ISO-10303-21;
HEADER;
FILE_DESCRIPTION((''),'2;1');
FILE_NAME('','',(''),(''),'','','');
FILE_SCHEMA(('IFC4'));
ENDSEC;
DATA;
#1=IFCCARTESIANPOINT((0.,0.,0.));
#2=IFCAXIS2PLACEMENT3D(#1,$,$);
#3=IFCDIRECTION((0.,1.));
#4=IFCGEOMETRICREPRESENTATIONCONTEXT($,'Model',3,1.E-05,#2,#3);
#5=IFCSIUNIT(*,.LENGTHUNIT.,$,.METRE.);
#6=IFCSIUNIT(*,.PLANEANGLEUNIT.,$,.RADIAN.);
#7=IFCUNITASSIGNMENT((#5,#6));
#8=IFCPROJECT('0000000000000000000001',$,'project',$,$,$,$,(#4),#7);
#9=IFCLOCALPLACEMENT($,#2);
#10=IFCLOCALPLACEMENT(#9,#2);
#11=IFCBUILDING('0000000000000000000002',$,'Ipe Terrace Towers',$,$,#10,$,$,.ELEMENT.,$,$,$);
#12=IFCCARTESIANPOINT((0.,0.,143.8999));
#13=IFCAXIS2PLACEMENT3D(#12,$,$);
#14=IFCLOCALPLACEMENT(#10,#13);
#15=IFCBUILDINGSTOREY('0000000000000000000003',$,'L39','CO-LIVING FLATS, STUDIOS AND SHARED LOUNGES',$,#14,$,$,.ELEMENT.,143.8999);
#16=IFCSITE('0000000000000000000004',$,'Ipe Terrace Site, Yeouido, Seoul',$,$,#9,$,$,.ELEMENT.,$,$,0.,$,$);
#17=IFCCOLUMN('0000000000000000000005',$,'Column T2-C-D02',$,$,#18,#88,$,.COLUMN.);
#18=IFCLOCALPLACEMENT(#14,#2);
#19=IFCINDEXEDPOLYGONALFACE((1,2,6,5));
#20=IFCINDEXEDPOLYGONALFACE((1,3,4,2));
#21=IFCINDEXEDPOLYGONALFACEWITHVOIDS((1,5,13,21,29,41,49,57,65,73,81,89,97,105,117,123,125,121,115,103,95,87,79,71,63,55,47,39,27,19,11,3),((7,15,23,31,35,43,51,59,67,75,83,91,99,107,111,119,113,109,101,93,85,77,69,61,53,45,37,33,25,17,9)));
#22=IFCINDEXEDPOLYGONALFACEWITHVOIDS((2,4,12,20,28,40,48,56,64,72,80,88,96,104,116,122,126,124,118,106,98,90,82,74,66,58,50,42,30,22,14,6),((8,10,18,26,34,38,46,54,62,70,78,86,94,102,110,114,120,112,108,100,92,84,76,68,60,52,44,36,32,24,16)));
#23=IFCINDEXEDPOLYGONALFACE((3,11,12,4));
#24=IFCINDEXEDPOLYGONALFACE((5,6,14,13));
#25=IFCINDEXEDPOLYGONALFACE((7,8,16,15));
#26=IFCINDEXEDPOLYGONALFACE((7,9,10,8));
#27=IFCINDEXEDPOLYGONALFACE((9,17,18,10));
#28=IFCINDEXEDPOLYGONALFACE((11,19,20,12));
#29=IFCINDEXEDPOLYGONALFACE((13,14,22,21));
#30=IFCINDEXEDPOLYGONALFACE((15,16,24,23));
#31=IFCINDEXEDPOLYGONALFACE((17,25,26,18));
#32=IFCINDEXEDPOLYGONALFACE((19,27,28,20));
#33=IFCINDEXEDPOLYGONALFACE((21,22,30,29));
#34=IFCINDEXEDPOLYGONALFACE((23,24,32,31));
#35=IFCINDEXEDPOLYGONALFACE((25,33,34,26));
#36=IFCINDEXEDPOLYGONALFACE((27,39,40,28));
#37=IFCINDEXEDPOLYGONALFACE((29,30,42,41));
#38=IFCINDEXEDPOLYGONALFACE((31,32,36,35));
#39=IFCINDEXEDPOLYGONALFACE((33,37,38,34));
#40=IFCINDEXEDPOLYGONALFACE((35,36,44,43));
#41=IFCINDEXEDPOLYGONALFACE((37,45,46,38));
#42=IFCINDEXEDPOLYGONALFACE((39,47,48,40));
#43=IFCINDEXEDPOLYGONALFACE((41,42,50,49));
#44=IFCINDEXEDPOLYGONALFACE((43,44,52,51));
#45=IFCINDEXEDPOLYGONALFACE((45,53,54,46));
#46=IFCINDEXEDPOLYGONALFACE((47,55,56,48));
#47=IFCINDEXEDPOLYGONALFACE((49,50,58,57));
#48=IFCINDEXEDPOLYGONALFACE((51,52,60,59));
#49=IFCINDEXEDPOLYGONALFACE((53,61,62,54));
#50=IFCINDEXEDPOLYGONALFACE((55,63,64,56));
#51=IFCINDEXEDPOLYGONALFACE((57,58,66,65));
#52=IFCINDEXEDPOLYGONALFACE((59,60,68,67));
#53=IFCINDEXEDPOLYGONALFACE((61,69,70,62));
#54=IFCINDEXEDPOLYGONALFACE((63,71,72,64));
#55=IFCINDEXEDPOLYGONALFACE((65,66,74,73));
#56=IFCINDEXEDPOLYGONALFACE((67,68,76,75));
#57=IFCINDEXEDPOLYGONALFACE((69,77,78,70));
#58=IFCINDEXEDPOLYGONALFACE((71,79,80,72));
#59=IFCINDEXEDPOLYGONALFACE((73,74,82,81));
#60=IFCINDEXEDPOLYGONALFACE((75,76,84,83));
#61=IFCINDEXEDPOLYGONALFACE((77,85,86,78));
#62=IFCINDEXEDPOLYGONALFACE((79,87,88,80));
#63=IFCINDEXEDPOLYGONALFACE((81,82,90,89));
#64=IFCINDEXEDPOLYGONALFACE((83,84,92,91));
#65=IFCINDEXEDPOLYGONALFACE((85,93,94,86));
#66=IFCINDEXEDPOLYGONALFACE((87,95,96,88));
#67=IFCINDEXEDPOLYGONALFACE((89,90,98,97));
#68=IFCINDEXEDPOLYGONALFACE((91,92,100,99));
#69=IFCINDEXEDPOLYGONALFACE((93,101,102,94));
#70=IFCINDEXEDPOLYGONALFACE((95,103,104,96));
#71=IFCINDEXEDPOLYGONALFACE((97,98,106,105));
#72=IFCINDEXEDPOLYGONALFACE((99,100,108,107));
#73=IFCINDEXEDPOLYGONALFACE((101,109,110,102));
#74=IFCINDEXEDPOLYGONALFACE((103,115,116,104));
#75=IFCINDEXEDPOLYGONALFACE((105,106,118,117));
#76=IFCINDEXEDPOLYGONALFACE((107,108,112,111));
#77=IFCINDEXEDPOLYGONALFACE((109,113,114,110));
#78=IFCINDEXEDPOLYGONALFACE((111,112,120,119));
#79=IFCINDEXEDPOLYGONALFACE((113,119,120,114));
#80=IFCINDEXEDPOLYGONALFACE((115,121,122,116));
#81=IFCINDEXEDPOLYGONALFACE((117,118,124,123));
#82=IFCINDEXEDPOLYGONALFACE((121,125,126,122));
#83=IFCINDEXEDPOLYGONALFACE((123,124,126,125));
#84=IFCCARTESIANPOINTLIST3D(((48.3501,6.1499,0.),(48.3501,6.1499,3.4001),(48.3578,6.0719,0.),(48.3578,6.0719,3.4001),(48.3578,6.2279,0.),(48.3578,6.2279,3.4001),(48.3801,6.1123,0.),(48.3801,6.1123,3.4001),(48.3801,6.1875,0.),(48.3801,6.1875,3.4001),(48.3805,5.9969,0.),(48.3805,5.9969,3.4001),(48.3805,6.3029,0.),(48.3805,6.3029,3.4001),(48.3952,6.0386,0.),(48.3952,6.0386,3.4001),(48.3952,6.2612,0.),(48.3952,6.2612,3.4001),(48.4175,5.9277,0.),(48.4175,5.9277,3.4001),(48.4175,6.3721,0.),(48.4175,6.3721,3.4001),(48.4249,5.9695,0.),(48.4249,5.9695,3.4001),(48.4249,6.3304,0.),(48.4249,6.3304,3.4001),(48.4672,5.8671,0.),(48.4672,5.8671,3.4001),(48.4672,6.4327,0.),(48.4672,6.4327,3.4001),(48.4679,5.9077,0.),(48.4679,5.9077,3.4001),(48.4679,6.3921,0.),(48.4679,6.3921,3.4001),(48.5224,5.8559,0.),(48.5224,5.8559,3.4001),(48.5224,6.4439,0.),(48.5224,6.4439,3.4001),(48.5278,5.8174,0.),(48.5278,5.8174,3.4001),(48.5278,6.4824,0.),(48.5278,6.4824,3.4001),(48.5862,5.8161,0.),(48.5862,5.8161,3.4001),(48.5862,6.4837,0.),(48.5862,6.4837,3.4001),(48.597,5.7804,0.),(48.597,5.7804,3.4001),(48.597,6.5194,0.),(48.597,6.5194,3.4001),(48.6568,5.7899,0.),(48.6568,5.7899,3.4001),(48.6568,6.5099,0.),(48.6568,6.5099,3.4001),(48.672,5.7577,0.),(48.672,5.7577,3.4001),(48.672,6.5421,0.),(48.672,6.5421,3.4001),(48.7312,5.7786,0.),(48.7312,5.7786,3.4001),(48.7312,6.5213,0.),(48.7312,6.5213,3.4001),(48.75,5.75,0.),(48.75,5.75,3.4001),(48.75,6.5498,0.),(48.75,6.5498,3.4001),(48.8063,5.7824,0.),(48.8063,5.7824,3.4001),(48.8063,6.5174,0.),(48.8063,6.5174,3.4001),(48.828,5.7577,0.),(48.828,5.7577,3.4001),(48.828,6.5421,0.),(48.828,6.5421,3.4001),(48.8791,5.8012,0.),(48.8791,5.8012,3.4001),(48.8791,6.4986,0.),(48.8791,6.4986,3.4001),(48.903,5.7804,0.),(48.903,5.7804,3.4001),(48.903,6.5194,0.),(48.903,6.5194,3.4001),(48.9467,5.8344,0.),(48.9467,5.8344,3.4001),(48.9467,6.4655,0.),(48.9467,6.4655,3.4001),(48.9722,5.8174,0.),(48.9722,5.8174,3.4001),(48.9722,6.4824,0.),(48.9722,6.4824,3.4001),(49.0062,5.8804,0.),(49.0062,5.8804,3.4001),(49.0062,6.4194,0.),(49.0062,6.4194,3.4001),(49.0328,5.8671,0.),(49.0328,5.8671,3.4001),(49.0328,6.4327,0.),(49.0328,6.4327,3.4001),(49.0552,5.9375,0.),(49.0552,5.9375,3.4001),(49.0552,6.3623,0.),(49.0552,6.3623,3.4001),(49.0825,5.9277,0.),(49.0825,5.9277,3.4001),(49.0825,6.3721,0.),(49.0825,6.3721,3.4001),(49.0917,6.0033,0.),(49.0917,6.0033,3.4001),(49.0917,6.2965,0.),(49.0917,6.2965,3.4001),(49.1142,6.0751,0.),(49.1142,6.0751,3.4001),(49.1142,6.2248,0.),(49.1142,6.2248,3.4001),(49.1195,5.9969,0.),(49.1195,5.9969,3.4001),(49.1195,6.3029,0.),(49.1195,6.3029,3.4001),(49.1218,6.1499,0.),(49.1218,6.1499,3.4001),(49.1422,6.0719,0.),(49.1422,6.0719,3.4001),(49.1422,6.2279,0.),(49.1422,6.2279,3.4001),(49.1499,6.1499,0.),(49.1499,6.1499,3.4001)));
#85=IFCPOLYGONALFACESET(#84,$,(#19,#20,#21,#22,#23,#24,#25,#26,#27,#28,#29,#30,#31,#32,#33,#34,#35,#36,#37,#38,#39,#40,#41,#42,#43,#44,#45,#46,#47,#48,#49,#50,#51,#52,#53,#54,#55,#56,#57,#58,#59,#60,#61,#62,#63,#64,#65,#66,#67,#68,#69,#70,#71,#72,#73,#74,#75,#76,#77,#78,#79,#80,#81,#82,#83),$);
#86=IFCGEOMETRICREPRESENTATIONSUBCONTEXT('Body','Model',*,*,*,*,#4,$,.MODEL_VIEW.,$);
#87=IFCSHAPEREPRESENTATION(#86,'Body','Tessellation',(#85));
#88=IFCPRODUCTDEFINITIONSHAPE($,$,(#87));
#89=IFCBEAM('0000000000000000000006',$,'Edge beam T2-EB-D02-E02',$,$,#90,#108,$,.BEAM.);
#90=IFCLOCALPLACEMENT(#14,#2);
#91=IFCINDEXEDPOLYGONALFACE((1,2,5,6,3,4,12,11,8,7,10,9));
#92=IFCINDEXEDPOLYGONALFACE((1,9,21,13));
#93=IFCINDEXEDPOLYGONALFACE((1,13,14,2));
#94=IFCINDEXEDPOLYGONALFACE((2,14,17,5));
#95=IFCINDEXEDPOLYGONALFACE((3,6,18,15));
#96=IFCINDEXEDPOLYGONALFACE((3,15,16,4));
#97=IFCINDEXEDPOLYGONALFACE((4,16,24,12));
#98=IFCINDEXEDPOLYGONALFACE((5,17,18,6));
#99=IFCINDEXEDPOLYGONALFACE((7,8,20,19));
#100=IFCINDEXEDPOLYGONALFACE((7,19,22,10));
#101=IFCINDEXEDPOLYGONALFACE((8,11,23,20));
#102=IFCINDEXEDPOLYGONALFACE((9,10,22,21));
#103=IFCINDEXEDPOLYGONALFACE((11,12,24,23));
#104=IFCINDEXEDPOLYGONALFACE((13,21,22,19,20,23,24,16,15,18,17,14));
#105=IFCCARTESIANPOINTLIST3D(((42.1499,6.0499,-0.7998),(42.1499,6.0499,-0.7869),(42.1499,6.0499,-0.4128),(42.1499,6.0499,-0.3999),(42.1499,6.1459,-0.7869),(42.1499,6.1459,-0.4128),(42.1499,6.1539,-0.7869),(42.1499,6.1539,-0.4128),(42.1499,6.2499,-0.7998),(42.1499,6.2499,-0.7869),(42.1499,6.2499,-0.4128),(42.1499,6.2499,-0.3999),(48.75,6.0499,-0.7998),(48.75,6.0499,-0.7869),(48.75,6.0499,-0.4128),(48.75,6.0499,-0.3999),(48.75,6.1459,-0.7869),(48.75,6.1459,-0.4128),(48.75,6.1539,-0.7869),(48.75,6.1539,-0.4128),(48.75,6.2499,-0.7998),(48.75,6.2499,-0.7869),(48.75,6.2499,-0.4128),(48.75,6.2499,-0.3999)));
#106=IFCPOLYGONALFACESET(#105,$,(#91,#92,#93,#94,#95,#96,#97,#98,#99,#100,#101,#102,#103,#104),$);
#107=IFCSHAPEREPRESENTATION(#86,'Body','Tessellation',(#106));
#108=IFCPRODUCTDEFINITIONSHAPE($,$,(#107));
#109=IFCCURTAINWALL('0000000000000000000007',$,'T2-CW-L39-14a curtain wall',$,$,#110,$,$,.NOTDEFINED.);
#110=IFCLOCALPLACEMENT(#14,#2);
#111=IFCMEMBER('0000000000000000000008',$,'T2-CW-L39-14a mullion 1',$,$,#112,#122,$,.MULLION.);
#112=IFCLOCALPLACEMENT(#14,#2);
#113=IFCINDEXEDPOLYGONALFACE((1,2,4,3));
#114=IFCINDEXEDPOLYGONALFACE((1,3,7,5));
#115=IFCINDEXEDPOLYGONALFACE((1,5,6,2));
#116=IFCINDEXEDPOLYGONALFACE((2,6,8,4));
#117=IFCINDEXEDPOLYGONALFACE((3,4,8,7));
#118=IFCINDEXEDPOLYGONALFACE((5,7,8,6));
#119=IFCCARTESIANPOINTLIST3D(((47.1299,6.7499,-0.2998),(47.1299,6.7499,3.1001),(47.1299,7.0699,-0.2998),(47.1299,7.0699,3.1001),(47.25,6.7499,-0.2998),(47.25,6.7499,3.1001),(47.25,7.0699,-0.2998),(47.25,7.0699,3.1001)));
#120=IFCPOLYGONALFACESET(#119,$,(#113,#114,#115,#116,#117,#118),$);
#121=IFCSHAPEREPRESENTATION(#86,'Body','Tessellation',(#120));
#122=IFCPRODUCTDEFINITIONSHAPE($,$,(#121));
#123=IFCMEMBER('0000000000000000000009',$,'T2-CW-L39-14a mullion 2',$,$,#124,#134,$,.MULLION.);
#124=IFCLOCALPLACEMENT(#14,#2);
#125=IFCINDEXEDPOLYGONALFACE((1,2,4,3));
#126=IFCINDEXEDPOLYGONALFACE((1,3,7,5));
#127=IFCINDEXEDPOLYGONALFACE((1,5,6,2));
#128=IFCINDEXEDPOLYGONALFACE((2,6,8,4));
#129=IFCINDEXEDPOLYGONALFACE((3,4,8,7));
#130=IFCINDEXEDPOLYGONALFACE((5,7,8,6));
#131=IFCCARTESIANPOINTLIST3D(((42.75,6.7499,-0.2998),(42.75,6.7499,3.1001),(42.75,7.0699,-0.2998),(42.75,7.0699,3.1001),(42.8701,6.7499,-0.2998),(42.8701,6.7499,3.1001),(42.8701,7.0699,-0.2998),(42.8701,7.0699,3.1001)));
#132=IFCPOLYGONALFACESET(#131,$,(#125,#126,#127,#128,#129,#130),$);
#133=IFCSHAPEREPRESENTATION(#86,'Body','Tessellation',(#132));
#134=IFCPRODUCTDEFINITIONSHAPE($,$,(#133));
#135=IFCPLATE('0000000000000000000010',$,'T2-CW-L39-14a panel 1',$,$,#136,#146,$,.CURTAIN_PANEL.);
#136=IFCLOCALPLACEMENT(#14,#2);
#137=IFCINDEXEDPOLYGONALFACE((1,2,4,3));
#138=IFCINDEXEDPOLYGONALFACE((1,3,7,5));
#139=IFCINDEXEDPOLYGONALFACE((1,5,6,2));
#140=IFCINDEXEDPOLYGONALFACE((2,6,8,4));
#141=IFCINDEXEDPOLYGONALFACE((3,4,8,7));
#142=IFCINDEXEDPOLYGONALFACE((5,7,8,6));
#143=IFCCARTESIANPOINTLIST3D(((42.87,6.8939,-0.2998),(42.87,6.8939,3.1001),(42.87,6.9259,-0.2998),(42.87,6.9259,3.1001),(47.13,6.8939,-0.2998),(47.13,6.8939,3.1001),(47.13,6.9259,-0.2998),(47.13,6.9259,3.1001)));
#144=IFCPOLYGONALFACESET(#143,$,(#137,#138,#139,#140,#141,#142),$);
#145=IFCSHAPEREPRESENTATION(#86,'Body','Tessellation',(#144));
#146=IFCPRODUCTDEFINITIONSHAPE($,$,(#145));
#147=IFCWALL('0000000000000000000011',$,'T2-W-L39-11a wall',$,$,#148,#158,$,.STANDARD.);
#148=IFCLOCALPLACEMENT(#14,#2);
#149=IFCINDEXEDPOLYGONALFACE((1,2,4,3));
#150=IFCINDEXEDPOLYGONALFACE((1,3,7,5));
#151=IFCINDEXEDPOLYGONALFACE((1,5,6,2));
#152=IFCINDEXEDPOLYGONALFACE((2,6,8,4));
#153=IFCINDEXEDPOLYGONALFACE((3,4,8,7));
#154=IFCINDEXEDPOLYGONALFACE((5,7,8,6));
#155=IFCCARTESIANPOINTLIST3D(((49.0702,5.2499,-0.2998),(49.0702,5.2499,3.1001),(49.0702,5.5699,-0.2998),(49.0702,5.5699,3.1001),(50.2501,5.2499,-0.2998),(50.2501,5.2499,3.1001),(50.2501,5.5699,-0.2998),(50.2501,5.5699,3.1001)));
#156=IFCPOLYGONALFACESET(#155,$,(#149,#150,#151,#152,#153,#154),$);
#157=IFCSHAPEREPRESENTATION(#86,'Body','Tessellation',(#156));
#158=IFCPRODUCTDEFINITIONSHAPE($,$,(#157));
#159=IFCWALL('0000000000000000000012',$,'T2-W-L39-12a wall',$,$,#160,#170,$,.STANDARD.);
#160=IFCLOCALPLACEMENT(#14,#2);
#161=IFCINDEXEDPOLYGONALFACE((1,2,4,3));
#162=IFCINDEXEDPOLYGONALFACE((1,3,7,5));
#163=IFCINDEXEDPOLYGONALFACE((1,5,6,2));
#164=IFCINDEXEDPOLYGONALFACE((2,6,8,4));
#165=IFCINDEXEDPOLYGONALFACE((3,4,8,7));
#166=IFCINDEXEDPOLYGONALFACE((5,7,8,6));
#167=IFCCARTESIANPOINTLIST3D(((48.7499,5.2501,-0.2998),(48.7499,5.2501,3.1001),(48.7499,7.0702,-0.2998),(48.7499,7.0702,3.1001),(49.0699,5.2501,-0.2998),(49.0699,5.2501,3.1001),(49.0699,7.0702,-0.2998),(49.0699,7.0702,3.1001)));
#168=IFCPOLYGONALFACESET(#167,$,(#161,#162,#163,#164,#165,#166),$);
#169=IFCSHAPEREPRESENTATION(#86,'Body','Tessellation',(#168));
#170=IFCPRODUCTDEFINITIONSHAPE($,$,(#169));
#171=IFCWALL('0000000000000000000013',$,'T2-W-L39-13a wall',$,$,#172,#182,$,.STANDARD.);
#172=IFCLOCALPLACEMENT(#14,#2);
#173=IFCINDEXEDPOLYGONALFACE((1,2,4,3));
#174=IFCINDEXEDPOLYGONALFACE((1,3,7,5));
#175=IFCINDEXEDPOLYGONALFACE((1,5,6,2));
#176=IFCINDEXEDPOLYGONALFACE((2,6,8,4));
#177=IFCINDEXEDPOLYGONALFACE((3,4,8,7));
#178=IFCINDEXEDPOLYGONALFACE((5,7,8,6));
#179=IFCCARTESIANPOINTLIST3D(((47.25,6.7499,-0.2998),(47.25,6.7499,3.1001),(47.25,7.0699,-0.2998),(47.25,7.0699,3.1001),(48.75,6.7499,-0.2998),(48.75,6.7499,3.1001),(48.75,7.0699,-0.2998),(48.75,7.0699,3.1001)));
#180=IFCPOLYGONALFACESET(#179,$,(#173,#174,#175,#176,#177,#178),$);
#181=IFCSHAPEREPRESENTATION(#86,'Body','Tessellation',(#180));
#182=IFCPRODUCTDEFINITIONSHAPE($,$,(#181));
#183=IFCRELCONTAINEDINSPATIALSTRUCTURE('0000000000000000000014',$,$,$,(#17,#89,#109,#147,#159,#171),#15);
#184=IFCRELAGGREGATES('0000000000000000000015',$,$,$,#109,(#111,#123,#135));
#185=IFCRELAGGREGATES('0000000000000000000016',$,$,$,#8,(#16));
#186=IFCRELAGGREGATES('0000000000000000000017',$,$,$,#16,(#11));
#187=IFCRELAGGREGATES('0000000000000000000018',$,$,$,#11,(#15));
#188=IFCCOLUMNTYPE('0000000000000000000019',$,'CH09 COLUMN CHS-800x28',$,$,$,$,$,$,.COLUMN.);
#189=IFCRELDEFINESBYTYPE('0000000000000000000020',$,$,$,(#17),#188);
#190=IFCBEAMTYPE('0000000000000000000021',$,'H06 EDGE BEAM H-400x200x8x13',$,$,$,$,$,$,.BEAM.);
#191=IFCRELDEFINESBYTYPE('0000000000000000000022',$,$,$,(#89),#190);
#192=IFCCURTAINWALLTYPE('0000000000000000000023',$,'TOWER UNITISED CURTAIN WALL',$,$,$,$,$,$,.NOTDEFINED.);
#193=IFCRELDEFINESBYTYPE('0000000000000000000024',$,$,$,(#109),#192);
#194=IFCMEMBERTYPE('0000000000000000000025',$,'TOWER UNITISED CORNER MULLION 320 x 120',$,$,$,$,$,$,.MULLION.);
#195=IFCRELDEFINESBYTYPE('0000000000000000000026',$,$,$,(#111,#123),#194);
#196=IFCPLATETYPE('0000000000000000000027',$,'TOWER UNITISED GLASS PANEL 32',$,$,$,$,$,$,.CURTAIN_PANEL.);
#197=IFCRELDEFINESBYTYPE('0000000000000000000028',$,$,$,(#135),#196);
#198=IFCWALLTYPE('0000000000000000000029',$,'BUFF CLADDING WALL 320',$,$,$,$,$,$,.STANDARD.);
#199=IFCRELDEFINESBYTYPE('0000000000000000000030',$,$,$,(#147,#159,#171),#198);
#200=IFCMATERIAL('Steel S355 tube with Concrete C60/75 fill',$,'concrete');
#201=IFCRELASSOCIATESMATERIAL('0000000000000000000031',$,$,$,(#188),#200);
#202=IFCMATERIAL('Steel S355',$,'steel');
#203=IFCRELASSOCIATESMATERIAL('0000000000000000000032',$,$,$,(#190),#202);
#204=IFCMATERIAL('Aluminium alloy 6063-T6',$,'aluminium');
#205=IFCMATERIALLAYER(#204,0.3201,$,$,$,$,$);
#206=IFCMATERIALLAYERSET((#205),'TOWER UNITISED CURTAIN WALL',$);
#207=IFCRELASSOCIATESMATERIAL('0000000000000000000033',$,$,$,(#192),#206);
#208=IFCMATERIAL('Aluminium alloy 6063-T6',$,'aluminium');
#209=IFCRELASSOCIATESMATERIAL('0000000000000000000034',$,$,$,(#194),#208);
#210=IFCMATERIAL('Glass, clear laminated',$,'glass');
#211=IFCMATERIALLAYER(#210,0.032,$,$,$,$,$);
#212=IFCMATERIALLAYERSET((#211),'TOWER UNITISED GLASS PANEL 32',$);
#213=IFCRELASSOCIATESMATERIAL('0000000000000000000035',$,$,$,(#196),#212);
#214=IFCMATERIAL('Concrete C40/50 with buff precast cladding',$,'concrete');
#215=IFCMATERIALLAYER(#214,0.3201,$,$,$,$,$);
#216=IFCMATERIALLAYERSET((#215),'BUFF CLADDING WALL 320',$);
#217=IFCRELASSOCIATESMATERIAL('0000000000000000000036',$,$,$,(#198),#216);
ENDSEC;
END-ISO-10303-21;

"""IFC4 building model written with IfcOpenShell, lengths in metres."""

from ifc_helpers import new_model, si_unit, direction, frame, frame_2d, origin, origin_2d, place, context, subcontext, project, spatial, rectangle, hollow_circle, i_section, extrude, material, layer, layer_set, material_profile, profile_set, type_object, element, aggregate, save


model = new_model("IFC4")

# Units and contexts
model_context = context("Model", 3, precision=1e-05, world=origin(), true_north=direction((0.0, 1.0)))
body_context = subcontext(model_context, "Body", "Model", "MODEL_VIEW")
ifc_project = project(units=[si_unit("LENGTHUNIT", "METRE"), si_unit("PLANEANGLEUNIT", "RADIAN")], contexts=[model_context])

# Site, building, storey
site_placement = place(None, origin())
site = spatial("IfcSite", under=ifc_project, at=site_placement, Name="Ipe Terrace Site, Yeouido, Seoul", CompositionType="ELEMENT", RefElevation=0.0)
building_placement = place(site_placement, origin())
building = spatial("IfcBuilding", under=site, at=building_placement, Name="Ipe Terrace Towers", CompositionType="ELEMENT")
storey_placement = place(building_placement, frame((0.0, 0.0, 143.8999)))
storey = spatial("IfcBuildingStorey", under=building, at=storey_placement, Name="L39", Description="CO-LIVING FLATS, STUDIOS AND SHARED LOUNGES", CompositionType="ELEMENT", Elevation=143.8999)

# Column
ifc_material_1 = material(Name="Steel S355 tube with Concrete C60/75 fill", Category="concrete")
ifc_material_profile_1 = material_profile(ifc_material_1, hollow_circle(Radius=0.3999, WallThickness=0.0281, at=origin_2d()), Name="CHS-800x28")
ifc_profile_set_1 = profile_set([ifc_material_profile_1], Name="Steel S355 tube with Concrete C60/75 fill")
column_type = type_object("IfcColumnType", Name="CH09 COLUMN CHS-800x28", PredefinedType="COLUMN", material=ifc_profile_set_1)
column_placement = place(storey_placement, frame((48.75, 6.1499, 0.0), z_axis=(0.0, 0.0, 1.0), x_axis=(1.0, 0.0, 0.0)))
element("IfcColumn", 1, at=column_placement, inside=storey, type_object=column_type, Name="Column T2-C-D02", PredefinedType="COLUMN", context=body_context, shape_type="SweptSolid", body=[
    extrude(hollow_circle(Radius=0.3999, WallThickness=0.0281, at=origin_2d()), origin(), (0.0, 0.0, 1.0), 3.4001),
])

# Beam
ifc_material_2 = material(Name="Steel S355", Category="steel")
ifc_material_profile_2 = material_profile(ifc_material_2, i_section(OverallWidth=0.2, OverallDepth=0.3999, WebThickness=0.0081, FlangeThickness=0.0129, at=origin_2d()), Name="H-400x200x8x13")
ifc_profile_set_2 = profile_set([ifc_material_profile_2], Name="Steel S355")
beam_type = type_object("IfcBeamType", Name="H06 EDGE BEAM H-400x200x8x13", PredefinedType="BEAM", material=ifc_profile_set_2)
beam_placement = place(storey_placement, frame((48.75, 6.1499, -0.5999), z_axis=(-1.0, 0.0, 0.0), x_axis=(0.0, -1.0, 0.0)))
element("IfcBeam", 2, at=beam_placement, inside=storey, type_object=beam_type, Name="Edge beam T2-EB-D02-E02", PredefinedType="BEAM", context=body_context, shape_type="SweptSolid", body=[
    extrude(i_section(OverallWidth=0.2, OverallDepth=0.3999, WebThickness=0.0081, FlangeThickness=0.0129, at=origin_2d()), origin(), (0.0, 0.0, 1.0), 6.6001),
])

# Curtain wall, members, plate
ifc_material_3 = material(Name="Aluminium alloy 6063-T6", Category="aluminium")
ifc_layer_1 = layer(ifc_material_3, 0.3201)
ifc_layer_set_1 = layer_set([ifc_layer_1], Name="TOWER UNITISED CURTAIN WALL")
curtain_wall_type = type_object("IfcCurtainWallType", Name="TOWER UNITISED CURTAIN WALL", PredefinedType="NOTDEFINED", material=ifc_layer_set_1)
curtain_wall_placement = place(storey_placement, origin())
curtain_wall = element("IfcCurtainWall", 3, at=curtain_wall_placement, inside=storey, type_object=curtain_wall_type, Name="T2-CW-L39-14a curtain wall", PredefinedType="NOTDEFINED")
ifc_material_4 = material(Name="Aluminium alloy 6063-T6", Category="aluminium")
ifc_material_profile_3 = material_profile(ifc_material_4, rectangle(XDim=0.3201, YDim=0.1201, at=origin_2d()), Name="TOWER UNITISED CORNER MULLION 320 x 120")
ifc_profile_set_3 = profile_set([ifc_material_profile_3], Name="Aluminium alloy 6063-T6")
member_type = type_object("IfcMemberType", Name="TOWER UNITISED CORNER MULLION 320 x 120", PredefinedType="MULLION", material=ifc_profile_set_3)
member_1_placement = place(storey_placement, frame((47.1899, 6.9099, -0.2998), z_axis=(0.0, 0.0, 1.0), x_axis=(0.0, 1.0, 0.0)))
member_1 = element("IfcMember", 4, at=member_1_placement, type_object=member_type, Name="T2-CW-L39-14a mullion 1", PredefinedType="MULLION", context=body_context, shape_type="SweptSolid", body=[
    extrude(rectangle(XDim=0.3201, YDim=0.1201, at=origin_2d()), origin(), (0.0, 0.0, 1.0), 3.3999),
])
member_2_placement = place(storey_placement, frame((42.8101, 6.9099, -0.2998), z_axis=(0.0, 0.0, 1.0), x_axis=(0.0, 1.0, 0.0)))
member_2 = element("IfcMember", 5, at=member_2_placement, type_object=member_type, Name="T2-CW-L39-14a mullion 2", PredefinedType="MULLION", context=body_context, shape_type="SweptSolid", body=[
    extrude(rectangle(XDim=0.3201, YDim=0.1201, at=origin_2d()), origin(), (0.0, 0.0, 1.0), 3.3999),
])
ifc_material_5 = material(Name="Glass, clear laminated", Category="glass")
ifc_layer_2 = layer(ifc_material_5, 0.032)
ifc_layer_set_2 = layer_set([ifc_layer_2], Name="TOWER UNITISED GLASS PANEL 32")
plate_type = type_object("IfcPlateType", Name="TOWER UNITISED GLASS PANEL 32", PredefinedType="CURTAIN_PANEL", material=ifc_layer_set_2)
plate_placement = place(storey_placement, frame((45.0, 6.9099, -0.2998), z_axis=(0.0, 0.0, 1.0), x_axis=(-1.0, 0.0, 0.0)))
plate = element("IfcPlate", 6, at=plate_placement, type_object=plate_type, Name="T2-CW-L39-14a panel 1", PredefinedType="CURTAIN_PANEL", context=body_context, shape_type="SweptSolid", body=[
    extrude(rectangle(XDim=4.26, YDim=0.032, at=origin_2d()), origin(), (0.0, 0.0, 1.0), 3.3999),
])
aggregate(curtain_wall, [member_1, member_2, plate])

# Walls
ifc_material_6 = material(Name="Concrete C40/50 with buff precast cladding", Category="concrete")
ifc_layer_3 = layer(ifc_material_6, 0.3201)
ifc_layer_set_3 = layer_set([ifc_layer_3], Name="BUFF CLADDING WALL 320")
wall_type_1 = type_object("IfcWallType", Name="BUFF CLADDING WALL 320", PredefinedType="STANDARD", material=ifc_layer_set_3)
wall_1_placement = place(storey_placement, frame((50.25, 5.4099, -0.2998), z_axis=(0.0, 0.0, 1.0), x_axis=(-1.0, 0.0, 0.0)))
element("IfcWall", 7, at=wall_1_placement, inside=storey, type_object=wall_type_1, Name="T2-W-L39-11a wall", PredefinedType="STANDARD", context=body_context, shape_type="SweptSolid", body=[
    extrude(rectangle(XDim=1.1799, YDim=0.3201, at=frame_2d((0.5898, 0.0))), origin(), (0.0, 0.0, 1.0), 3.3999),
])
wall_2_placement = place(storey_placement, frame((48.9099, 5.25, -0.2998), z_axis=(0.0, 0.0, 1.0), x_axis=(0.0, 1.0, 0.0)))
element("IfcWall", 8, at=wall_2_placement, inside=storey, type_object=wall_type_1, Name="T2-W-L39-12a wall", PredefinedType="STANDARD", context=body_context, shape_type="SweptSolid", body=[
    extrude(rectangle(XDim=1.8201, YDim=0.3201, at=frame_2d((0.9102, 0.0))), origin(), (0.0, 0.0, 1.0), 3.3999),
])
wall_3_placement = place(storey_placement, frame((48.75, 6.9099, -0.2998), z_axis=(0.0, 0.0, 1.0), x_axis=(-1.0, 0.0, 0.0)))
element("IfcWall", 9, at=wall_3_placement, inside=storey, type_object=wall_type_1, Name="T2-W-L39-13a wall", PredefinedType="STANDARD", context=body_context, shape_type="SweptSolid", body=[
    extrude(rectangle(XDim=1.5, YDim=0.3201, at=frame_2d((0.75, 0.0))), origin(), (0.0, 0.0, 1.0), 3.3999),
])

save(model, "model.ifc")
